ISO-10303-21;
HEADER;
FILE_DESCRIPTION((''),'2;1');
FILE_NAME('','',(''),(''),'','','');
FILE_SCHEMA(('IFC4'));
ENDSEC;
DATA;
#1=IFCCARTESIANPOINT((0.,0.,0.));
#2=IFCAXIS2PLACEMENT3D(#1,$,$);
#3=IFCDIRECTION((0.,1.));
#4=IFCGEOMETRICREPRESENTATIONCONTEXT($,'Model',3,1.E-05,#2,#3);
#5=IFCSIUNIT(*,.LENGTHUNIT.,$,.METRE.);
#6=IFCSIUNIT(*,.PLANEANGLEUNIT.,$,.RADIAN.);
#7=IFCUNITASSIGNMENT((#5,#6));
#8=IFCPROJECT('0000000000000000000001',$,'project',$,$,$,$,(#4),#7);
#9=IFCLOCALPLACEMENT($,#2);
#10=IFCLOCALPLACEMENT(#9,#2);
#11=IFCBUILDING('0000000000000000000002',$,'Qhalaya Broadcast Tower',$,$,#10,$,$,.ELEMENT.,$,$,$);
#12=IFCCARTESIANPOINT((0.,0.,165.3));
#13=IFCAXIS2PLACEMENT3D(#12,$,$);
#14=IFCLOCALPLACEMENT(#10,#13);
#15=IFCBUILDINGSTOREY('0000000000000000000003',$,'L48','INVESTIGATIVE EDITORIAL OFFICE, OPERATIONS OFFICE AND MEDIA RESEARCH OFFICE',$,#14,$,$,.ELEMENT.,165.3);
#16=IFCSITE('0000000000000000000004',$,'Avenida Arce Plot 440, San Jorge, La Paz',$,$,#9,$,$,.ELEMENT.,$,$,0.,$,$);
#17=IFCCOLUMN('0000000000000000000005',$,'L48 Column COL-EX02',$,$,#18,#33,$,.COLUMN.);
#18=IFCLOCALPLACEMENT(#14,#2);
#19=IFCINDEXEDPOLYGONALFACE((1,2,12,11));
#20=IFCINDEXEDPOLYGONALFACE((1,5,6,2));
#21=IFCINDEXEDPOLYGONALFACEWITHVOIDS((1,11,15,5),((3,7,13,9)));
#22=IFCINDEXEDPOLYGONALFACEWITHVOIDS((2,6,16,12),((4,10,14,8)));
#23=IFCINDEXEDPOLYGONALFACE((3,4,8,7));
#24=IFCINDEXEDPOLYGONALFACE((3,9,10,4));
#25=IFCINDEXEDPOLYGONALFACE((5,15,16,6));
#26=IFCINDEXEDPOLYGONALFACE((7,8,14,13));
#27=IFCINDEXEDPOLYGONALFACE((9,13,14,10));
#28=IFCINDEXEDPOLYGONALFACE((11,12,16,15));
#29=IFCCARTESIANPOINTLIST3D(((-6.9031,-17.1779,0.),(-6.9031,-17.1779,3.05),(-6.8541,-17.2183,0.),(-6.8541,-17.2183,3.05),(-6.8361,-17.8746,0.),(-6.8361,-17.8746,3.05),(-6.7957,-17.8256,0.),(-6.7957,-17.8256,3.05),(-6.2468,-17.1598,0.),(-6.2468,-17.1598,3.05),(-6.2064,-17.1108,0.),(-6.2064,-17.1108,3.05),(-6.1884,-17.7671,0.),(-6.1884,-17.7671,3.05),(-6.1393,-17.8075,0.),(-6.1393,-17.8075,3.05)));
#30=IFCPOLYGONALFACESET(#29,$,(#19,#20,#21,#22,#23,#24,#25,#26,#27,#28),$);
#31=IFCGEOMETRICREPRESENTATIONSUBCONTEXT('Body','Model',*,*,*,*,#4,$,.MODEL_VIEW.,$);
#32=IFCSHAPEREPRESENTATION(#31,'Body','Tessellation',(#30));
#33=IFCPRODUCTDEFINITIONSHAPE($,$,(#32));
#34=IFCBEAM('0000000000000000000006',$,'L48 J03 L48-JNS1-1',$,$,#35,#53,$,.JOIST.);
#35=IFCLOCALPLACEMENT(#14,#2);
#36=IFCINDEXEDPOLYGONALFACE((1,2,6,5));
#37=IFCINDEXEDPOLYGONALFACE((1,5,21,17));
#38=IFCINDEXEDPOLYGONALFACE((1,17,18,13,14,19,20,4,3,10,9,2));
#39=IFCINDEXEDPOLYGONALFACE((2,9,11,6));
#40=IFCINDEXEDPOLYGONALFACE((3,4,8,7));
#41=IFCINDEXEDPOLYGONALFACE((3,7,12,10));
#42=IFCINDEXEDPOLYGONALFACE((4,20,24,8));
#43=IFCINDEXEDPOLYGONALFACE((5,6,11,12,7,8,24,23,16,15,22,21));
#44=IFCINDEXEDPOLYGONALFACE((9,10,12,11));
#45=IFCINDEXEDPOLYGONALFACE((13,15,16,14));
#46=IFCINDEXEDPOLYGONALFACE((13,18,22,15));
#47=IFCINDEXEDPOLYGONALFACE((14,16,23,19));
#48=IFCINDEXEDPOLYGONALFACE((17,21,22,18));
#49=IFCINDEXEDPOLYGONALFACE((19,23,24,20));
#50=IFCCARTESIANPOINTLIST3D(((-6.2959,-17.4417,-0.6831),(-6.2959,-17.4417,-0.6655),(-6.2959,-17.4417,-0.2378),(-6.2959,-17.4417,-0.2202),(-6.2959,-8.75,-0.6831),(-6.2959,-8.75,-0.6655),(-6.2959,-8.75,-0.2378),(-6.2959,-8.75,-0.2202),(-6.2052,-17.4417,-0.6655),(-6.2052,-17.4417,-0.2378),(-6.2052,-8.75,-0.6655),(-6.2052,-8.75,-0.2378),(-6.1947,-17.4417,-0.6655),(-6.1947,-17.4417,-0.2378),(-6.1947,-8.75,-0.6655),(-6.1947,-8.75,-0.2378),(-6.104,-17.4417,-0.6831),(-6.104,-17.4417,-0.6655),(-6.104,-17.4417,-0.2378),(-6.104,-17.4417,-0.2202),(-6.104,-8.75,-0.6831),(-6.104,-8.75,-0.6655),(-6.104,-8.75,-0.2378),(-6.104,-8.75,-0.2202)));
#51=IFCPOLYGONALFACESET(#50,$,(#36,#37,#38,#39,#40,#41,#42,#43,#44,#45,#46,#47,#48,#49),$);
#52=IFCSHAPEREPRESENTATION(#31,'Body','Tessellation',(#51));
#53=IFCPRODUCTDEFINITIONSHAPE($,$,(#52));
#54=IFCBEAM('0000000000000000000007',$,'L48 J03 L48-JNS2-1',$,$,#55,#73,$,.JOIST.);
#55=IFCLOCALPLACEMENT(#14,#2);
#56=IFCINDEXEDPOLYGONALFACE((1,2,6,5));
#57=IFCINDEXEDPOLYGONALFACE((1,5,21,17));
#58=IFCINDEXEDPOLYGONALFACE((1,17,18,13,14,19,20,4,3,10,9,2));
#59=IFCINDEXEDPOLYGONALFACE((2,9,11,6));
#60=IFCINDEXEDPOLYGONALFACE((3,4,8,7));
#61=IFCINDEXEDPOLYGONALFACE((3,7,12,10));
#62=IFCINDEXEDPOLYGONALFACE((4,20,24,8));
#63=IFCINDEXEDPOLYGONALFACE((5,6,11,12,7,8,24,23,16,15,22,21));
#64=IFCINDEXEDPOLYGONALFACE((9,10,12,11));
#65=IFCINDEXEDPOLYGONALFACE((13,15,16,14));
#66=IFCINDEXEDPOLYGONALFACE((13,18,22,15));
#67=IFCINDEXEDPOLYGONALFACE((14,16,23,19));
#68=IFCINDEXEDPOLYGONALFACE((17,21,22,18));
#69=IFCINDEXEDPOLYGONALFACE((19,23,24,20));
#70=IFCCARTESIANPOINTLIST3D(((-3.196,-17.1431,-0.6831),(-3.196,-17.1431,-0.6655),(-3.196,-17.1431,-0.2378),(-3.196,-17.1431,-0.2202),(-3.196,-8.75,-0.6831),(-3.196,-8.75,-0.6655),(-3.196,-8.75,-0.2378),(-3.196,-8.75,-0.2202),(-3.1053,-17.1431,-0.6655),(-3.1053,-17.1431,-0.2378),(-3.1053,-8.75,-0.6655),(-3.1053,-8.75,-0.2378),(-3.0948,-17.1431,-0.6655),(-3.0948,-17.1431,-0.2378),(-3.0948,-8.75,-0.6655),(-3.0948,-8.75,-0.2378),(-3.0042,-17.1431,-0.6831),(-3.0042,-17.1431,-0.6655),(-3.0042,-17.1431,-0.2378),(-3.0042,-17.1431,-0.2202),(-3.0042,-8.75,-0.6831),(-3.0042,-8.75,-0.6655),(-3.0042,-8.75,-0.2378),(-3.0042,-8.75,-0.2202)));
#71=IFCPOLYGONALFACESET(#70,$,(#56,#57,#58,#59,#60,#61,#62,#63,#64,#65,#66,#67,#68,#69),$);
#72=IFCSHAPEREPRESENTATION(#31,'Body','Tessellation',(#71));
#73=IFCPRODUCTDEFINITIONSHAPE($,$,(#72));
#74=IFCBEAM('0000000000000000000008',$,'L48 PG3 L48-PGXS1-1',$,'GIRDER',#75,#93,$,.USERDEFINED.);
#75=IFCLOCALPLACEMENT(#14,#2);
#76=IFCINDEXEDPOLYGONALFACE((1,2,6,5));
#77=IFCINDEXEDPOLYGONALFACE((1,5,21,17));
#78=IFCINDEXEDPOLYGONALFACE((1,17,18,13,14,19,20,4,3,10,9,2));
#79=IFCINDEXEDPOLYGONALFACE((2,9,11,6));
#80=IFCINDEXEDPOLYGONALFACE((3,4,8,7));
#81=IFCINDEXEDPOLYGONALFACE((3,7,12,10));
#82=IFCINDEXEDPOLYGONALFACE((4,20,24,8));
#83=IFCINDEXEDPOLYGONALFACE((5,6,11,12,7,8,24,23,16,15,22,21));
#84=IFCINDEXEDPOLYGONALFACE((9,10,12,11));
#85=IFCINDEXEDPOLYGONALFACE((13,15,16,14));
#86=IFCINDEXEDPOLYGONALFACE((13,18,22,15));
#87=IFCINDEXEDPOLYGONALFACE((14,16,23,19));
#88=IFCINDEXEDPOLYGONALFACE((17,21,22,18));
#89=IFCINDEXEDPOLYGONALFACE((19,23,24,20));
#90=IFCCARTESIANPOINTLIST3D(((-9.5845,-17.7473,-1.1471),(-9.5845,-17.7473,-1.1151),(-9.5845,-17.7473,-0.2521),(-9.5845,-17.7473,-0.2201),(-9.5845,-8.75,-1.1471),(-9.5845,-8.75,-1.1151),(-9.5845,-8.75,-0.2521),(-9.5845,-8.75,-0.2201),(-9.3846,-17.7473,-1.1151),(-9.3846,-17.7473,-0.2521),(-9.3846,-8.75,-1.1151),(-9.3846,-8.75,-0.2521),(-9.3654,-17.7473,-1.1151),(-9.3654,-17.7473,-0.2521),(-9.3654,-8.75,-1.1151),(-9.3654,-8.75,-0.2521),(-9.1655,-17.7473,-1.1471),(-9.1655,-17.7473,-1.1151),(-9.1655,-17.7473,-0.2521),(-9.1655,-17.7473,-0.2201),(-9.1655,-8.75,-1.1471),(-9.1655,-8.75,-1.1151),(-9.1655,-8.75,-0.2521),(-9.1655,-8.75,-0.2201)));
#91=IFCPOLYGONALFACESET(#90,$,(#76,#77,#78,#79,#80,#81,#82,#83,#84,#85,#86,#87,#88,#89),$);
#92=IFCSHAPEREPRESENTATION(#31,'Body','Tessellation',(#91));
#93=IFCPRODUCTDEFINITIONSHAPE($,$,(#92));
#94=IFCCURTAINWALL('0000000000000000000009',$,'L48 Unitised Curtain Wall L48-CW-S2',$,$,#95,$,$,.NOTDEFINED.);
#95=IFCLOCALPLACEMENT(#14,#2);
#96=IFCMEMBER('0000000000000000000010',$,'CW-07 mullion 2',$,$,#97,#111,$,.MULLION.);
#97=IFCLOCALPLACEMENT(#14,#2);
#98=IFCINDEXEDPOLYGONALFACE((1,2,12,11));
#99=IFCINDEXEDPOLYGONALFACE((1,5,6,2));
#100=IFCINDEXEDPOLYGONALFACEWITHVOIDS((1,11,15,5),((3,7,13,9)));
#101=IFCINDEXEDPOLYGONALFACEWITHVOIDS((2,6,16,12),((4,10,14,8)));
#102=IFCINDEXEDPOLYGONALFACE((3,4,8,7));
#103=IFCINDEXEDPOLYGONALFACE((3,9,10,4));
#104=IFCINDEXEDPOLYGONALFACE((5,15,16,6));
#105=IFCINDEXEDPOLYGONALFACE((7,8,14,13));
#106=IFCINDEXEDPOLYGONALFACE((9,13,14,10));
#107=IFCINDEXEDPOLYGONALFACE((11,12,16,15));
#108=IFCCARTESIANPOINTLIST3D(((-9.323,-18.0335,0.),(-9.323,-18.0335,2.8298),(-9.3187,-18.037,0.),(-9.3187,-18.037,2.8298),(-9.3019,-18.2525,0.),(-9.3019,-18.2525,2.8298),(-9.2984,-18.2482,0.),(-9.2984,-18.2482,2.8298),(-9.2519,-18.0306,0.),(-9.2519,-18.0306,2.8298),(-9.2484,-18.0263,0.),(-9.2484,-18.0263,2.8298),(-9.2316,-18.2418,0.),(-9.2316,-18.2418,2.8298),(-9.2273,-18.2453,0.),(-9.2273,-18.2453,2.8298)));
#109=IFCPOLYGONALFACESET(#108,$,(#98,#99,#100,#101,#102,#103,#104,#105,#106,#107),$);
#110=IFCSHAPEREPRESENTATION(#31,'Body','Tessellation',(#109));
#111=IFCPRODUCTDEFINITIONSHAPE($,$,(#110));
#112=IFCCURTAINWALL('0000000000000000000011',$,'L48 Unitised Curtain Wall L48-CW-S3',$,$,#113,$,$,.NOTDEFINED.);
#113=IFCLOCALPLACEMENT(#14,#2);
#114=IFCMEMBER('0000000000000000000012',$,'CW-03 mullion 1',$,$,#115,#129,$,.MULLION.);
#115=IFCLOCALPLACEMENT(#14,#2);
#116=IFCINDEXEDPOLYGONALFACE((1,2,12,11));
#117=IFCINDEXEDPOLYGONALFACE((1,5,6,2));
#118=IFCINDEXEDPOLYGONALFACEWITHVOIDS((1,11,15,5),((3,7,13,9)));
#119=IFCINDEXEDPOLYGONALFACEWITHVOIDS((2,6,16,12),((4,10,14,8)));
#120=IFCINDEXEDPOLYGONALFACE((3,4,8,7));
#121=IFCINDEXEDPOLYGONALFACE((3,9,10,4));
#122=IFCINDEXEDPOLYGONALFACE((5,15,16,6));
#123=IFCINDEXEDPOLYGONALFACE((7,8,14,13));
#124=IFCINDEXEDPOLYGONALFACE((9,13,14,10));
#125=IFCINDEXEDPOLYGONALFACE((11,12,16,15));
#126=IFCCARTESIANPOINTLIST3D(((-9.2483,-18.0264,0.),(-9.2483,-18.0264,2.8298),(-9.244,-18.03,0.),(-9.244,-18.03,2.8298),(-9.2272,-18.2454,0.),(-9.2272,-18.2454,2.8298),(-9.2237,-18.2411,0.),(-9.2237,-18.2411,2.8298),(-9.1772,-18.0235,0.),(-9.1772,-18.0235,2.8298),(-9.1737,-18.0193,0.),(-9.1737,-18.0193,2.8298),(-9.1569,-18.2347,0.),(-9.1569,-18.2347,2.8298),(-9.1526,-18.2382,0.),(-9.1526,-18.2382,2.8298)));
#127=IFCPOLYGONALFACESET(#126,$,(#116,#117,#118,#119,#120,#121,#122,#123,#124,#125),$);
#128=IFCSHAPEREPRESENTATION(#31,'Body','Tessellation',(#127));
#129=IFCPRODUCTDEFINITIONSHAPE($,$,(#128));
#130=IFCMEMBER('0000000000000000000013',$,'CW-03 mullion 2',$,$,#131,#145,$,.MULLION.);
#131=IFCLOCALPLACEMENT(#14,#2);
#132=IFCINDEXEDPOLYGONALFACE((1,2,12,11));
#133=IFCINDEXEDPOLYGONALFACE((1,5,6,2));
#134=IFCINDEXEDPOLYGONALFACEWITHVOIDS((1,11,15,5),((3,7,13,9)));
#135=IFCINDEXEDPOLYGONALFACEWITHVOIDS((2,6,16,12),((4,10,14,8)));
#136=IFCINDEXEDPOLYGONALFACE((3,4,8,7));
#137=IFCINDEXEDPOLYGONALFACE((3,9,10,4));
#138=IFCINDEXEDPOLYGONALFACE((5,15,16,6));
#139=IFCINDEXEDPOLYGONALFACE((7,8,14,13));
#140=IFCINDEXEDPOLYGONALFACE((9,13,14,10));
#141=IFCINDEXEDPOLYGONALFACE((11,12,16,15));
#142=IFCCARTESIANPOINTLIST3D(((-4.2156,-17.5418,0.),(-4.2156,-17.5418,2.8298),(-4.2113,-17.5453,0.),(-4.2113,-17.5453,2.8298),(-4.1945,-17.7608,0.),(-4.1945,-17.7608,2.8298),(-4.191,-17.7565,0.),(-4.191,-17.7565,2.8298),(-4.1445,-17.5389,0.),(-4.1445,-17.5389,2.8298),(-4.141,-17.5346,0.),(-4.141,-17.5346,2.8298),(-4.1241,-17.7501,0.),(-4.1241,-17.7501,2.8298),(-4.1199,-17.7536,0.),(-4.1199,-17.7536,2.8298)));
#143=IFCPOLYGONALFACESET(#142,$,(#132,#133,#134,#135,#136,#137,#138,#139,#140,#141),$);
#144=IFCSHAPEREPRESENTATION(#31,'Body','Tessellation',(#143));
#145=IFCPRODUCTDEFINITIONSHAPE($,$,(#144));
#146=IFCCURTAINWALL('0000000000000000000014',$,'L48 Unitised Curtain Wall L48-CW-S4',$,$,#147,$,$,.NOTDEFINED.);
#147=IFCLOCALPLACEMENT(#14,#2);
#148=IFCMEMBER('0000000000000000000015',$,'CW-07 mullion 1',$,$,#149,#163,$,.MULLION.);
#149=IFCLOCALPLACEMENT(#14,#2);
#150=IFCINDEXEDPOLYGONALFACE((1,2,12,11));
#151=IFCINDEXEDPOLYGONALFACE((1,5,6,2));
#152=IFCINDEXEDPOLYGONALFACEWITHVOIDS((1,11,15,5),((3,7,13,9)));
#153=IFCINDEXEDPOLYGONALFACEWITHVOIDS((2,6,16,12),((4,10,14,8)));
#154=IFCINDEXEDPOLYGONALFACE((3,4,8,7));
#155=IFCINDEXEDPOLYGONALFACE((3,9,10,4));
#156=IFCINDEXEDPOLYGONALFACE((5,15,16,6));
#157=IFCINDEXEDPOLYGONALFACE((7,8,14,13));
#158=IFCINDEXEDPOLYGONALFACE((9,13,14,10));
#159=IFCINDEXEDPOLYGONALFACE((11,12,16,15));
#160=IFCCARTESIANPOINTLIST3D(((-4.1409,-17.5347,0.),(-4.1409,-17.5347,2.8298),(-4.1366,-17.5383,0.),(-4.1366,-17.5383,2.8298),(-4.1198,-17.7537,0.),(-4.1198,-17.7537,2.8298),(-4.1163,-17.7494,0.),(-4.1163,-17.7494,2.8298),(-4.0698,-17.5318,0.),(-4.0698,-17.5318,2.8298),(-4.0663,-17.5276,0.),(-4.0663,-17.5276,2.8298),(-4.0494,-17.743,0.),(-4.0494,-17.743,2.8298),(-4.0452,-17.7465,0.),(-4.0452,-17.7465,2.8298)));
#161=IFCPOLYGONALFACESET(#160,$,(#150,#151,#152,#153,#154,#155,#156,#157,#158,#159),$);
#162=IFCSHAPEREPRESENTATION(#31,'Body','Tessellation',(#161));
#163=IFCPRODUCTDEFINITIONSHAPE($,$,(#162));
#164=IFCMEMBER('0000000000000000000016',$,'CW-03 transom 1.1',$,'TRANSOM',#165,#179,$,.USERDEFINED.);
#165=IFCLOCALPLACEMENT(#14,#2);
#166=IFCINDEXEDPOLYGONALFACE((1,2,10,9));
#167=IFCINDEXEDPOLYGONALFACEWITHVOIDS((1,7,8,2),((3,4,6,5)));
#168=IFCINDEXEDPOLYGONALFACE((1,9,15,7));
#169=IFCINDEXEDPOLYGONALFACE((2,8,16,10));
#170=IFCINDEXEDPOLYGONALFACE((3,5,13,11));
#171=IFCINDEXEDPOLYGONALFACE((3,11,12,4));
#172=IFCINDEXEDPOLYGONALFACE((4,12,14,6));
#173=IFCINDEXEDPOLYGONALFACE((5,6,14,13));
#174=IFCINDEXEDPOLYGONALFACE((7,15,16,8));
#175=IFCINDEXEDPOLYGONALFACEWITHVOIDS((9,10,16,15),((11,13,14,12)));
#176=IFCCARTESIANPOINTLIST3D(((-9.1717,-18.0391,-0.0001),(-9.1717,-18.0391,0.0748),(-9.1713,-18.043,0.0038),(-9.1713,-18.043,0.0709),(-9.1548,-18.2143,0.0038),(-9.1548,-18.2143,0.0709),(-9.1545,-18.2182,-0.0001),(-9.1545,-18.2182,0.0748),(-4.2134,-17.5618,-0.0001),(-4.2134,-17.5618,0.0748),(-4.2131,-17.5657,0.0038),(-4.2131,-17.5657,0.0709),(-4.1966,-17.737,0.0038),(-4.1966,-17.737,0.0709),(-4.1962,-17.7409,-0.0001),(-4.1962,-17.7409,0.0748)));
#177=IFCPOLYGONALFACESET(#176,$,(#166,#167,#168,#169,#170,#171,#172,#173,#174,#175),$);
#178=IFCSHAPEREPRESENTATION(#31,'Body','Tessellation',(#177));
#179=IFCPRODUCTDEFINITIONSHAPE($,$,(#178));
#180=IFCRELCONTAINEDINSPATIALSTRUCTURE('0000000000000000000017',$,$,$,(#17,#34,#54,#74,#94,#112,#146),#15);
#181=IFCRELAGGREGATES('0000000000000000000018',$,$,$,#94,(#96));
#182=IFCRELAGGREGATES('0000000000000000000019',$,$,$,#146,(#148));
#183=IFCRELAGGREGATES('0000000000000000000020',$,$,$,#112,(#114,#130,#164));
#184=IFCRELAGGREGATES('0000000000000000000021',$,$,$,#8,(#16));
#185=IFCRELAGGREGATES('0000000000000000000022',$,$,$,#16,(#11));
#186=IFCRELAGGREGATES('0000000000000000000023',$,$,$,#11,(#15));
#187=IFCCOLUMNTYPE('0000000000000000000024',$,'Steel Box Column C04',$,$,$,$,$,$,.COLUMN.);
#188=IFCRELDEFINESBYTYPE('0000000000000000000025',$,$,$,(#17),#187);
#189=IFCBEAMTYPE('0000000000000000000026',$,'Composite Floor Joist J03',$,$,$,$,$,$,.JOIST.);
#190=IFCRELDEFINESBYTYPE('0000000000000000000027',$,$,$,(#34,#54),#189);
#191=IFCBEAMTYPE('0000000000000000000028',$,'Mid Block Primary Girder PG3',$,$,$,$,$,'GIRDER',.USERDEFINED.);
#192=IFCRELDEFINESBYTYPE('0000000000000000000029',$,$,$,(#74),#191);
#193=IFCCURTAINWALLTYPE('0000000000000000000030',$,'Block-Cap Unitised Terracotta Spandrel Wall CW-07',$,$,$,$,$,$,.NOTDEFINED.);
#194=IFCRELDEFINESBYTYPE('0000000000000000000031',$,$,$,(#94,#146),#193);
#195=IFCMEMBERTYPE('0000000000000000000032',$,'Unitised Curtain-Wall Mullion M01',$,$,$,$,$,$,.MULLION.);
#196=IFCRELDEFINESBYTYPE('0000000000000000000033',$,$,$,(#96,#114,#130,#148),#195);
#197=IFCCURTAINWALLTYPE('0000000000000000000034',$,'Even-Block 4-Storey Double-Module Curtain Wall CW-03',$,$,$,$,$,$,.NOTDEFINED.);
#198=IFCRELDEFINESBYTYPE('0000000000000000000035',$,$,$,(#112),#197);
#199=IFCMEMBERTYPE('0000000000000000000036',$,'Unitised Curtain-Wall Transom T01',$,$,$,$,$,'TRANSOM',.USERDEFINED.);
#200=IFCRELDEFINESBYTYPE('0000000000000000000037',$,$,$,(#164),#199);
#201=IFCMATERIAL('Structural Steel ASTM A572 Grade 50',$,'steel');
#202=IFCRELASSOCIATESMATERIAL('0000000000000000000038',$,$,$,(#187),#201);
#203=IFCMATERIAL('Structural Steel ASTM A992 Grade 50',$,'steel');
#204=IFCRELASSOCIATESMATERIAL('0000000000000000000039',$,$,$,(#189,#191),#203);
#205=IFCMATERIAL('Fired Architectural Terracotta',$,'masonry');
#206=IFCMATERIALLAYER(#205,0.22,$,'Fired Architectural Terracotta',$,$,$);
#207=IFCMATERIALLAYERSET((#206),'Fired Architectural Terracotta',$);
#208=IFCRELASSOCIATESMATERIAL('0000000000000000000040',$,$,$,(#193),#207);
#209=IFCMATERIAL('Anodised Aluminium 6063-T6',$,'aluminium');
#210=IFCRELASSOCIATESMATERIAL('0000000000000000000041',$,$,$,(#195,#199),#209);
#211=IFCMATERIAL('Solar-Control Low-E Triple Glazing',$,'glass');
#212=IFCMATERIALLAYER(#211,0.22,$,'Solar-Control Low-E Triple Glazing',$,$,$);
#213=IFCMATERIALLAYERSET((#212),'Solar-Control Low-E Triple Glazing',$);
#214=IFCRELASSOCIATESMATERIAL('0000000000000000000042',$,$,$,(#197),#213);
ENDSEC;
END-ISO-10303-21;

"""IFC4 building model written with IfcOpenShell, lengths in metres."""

from ifc_helpers import new_model, si_unit, direction, frame, origin, origin_2d, place, context, subcontext, project, spatial, hollow_rectangle, i_section, extrude, material, layer, layer_set, material_profile, profile_set, type_object, element, aggregate, save


model = new_model("IFC4")

# Units and contexts
model_context = context("Model", 3, precision=1e-05, world=origin(), true_north=direction((0.0, 1.0)))
body_context = subcontext(model_context, "Body", "Model", "MODEL_VIEW")
ifc_project = project(units=[si_unit("LENGTHUNIT", "METRE"), si_unit("PLANEANGLEUNIT", "RADIAN")], contexts=[model_context])

# Site, building, storey
site_placement = place(None, origin())
site = spatial("IfcSite", under=ifc_project, at=site_placement, Name="Avenida Arce Plot 440, San Jorge, La Paz", CompositionType="ELEMENT", RefElevation=0.0)
building_placement = place(site_placement, origin())
building = spatial("IfcBuilding", under=site, at=building_placement, Name="Qhalaya Broadcast Tower", CompositionType="ELEMENT")
storey_placement = place(building_placement, frame((0.0, 0.0, 165.3)))
storey = spatial("IfcBuildingStorey", under=building, at=storey_placement, Name="L48", Description="INVESTIGATIVE EDITORIAL OFFICE, OPERATIONS OFFICE AND MEDIA RESEARCH OFFICE", CompositionType="ELEMENT", Elevation=165.3)

# Column
ifc_material_1 = material(Name="Structural Steel ASTM A572 Grade 50", Category="steel")
ifc_material_profile_1 = material_profile(ifc_material_1, hollow_rectangle(XDim=0.7, YDim=0.7, WallThickness=0.0449, at=origin_2d()), Name="BOX 700x700x45")
ifc_profile_set_1 = profile_set([ifc_material_profile_1], Name="Structural Steel ASTM A572 Grade 50")
column_type = type_object("IfcColumnType", Name="Steel Box Column C04", PredefinedType="COLUMN", material=ifc_profile_set_1)
column_placement = place(storey_placement, frame((-6.5212, -17.4927, 0.0), z_axis=(0.0, 0.0, 1.0), x_axis=(0.995396, 0.095846, 0.0)))
element("IfcColumn", 1, at=column_placement, inside=storey, type_object=column_type, Name="L48 Column COL-EX02", PredefinedType="COLUMN", context=body_context, shape_type="SweptSolid", body=[
    extrude(hollow_rectangle(XDim=0.7, YDim=0.7, WallThickness=0.0449, at=origin_2d()), origin(), (0.0, 0.0, 1.0), 3.05),
])

# Beams
ifc_material_2 = material(Name="Structural Steel ASTM A992 Grade 50", Category="steel")
ifc_material_profile_2 = material_profile(ifc_material_2, i_section(OverallWidth=0.1919, OverallDepth=0.4629, WebThickness=0.0105, FlangeThickness=0.0176, at=origin_2d()), Name="W18X60")
ifc_profile_set_2 = profile_set([ifc_material_profile_2], Name="Structural Steel ASTM A992 Grade 50")
beam_type_1 = type_object("IfcBeamType", Name="Composite Floor Joist J03", PredefinedType="JOIST", material=ifc_profile_set_2)
beam_1_placement = place(storey_placement, frame((-6.2, -17.4417, -0.4517), z_axis=(0.0, 1.0, 0.0), x_axis=(-1.0, 0.0, 0.0)))
element("IfcBeam", 2, at=beam_1_placement, inside=storey, type_object=beam_type_1, Name="L48 J03 L48-JNS1-1", PredefinedType="JOIST", context=body_context, shape_type="SweptSolid", body=[
    extrude(i_section(OverallWidth=0.1919, OverallDepth=0.4629, WebThickness=0.0105, FlangeThickness=0.0176, at=origin_2d()), origin(), (0.0, 0.0, 1.0), 8.6917),
])
beam_2_placement = place(storey_placement, frame((-3.1001, -17.1431, -0.4517), z_axis=(0.0, 1.0, 0.0), x_axis=(-1.0, 0.0, 0.0)))
element("IfcBeam", 3, at=beam_2_placement, inside=storey, type_object=beam_type_1, Name="L48 J03 L48-JNS2-1", PredefinedType="JOIST", context=body_context, shape_type="SweptSolid", body=[
    extrude(i_section(OverallWidth=0.1919, OverallDepth=0.4629, WebThickness=0.0105, FlangeThickness=0.0176, at=origin_2d()), origin(), (0.0, 0.0, 1.0), 8.3931),
])
ifc_material_profile_3 = material_profile(ifc_material_2, i_section(OverallWidth=0.4189, OverallDepth=0.927, WebThickness=0.0193, FlangeThickness=0.032, at=origin_2d()), Name="W36X231")
ifc_profile_set_3 = profile_set([ifc_material_profile_3], Name="Structural Steel ASTM A992 Grade 50")
beam_type_2 = type_object("IfcBeamType", Name="Mid Block Primary Girder PG3", ElementType="GIRDER", PredefinedType="USERDEFINED", material=ifc_profile_set_3)
beam_3_placement = place(storey_placement, frame((-9.375, -17.7473, -0.6836), z_axis=(0.0, 1.0, 0.0), x_axis=(-1.0, 0.0, 0.0)))
element("IfcBeam", 4, at=beam_3_placement, inside=storey, type_object=beam_type_2, Name="L48 PG3 L48-PGXS1-1", ObjectType="GIRDER", PredefinedType="USERDEFINED", context=body_context, shape_type="SweptSolid", body=[
    extrude(i_section(OverallWidth=0.4189, OverallDepth=0.927, WebThickness=0.0193, FlangeThickness=0.032, at=origin_2d()), origin(), (0.0, 0.0, 1.0), 8.9973),
])

# Curtain wall, member
ifc_material_3 = material(Name="Fired Architectural Terracotta", Category="masonry")
ifc_layer_1 = layer(ifc_material_3, 0.22, Name="Fired Architectural Terracotta")
ifc_layer_set_1 = layer_set([ifc_layer_1], Name="Fired Architectural Terracotta")
curtain_wall_type_1 = type_object("IfcCurtainWallType", Name="Block-Cap Unitised Terracotta Spandrel Wall CW-07", PredefinedType="NOTDEFINED", material=ifc_layer_set_1)
curtain_wall_1_placement = place(storey_placement, origin())
curtain_wall_1 = element("IfcCurtainWall", 5, at=curtain_wall_1_placement, inside=storey, type_object=curtain_wall_type_1, Name="L48 Unitised Curtain Wall L48-CW-S2", PredefinedType="NOTDEFINED")
ifc_material_4 = material(Name="Anodised Aluminium 6063-T6", Category="aluminium")
ifc_material_profile_4 = material_profile(ifc_material_4, hollow_rectangle(XDim=0.075, YDim=0.22, WallThickness=0.0039, at=origin_2d()), Name="ALU-MUL 75x220x4")
ifc_profile_set_4 = profile_set([ifc_material_profile_4], Name="Anodised Aluminium 6063-T6")
member_type_1 = type_object("IfcMemberType", Name="Unitised Curtain-Wall Mullion M01", PredefinedType="MULLION", material=ifc_profile_set_4)
member_1_placement = place(storey_placement, frame((-9.2751, -18.1394, 0.0), z_axis=(0.0, 0.0, 1.0), x_axis=(0.995395, 0.095855, 0.0)))
member_1 = element("IfcMember", 6, at=member_1_placement, type_object=member_type_1, Name="CW-07 mullion 2", PredefinedType="MULLION", context=body_context, shape_type="SweptSolid", body=[
    extrude(hollow_rectangle(XDim=0.075, YDim=0.22, WallThickness=0.0039, at=origin_2d()), origin(), (0.0, 0.0, 1.0), 2.8298),
])
aggregate(curtain_wall_1, [member_1])

# Curtain wall, members
ifc_material_5 = material(Name="Solar-Control Low-E Triple Glazing", Category="glass")
ifc_layer_2 = layer(ifc_material_5, 0.22, Name="Solar-Control Low-E Triple Glazing")
ifc_layer_set_2 = layer_set([ifc_layer_2], Name="Solar-Control Low-E Triple Glazing")
curtain_wall_type_2 = type_object("IfcCurtainWallType", Name="Even-Block 4-Storey Double-Module Curtain Wall CW-03", PredefinedType="NOTDEFINED", material=ifc_layer_set_2)
curtain_wall_2_placement = place(storey_placement, origin())
curtain_wall_2 = element("IfcCurtainWall", 7, at=curtain_wall_2_placement, inside=storey, type_object=curtain_wall_type_2, Name="L48 Unitised Curtain Wall L48-CW-S3", PredefinedType="NOTDEFINED")
member_2_placement = place(storey_placement, frame((-9.2004, -18.1323, 0.0), z_axis=(0.0, 0.0, 1.0), x_axis=(0.995396, 0.095848, 0.0)))
member_2 = element("IfcMember", 8, at=member_2_placement, type_object=member_type_1, Name="CW-03 mullion 1", PredefinedType="MULLION", context=body_context, shape_type="SweptSolid", body=[
    extrude(hollow_rectangle(XDim=0.075, YDim=0.22, WallThickness=0.0039, at=origin_2d()), origin(), (0.0, 0.0, 1.0), 2.8298),
])
member_3_placement = place(storey_placement, frame((-4.1677, -17.6477, 0.0), z_axis=(0.0, 0.0, 1.0), x_axis=(0.995396, 0.095848, 0.0)))
member_3 = element("IfcMember", 9, at=member_3_placement, type_object=member_type_1, Name="CW-03 mullion 2", PredefinedType="MULLION", context=body_context, shape_type="SweptSolid", body=[
    extrude(hollow_rectangle(XDim=0.075, YDim=0.22, WallThickness=0.0039, at=origin_2d()), origin(), (0.0, 0.0, 1.0), 2.8298),
])

# Curtain wall, member
curtain_wall_3_placement = place(storey_placement, origin())
curtain_wall_3 = element("IfcCurtainWall", 10, at=curtain_wall_3_placement, inside=storey, type_object=curtain_wall_type_1, Name="L48 Unitised Curtain Wall L48-CW-S4", PredefinedType="NOTDEFINED")
member_4_placement = place(storey_placement, frame((-4.093, -17.6406, 0.0), z_axis=(0.0, 0.0, 1.0), x_axis=(0.995397, 0.095837, 0.0)))
member_4 = element("IfcMember", 11, at=member_4_placement, type_object=member_type_1, Name="CW-07 mullion 1", PredefinedType="MULLION", context=body_context, shape_type="SweptSolid", body=[
    extrude(hollow_rectangle(XDim=0.075, YDim=0.22, WallThickness=0.0039, at=origin_2d()), origin(), (0.0, 0.0, 1.0), 2.8298),
])

# Member
ifc_material_profile_5 = material_profile(ifc_material_4, hollow_rectangle(XDim=0.075, YDim=0.1799, WallThickness=0.0039, at=origin_2d()), Name="ALU-TRN 75x180x4")
ifc_profile_set_5 = profile_set([ifc_material_profile_5], Name="Anodised Aluminium 6063-T6")
member_type_2 = type_object("IfcMemberType", Name="Unitised Curtain-Wall Transom T01", ElementType="TRANSOM", PredefinedType="USERDEFINED", material=ifc_profile_set_5)
member_5_placement = place(storey_placement, frame((-9.1631, -18.1287, 0.0374), z_axis=(0.995399, 0.09582, 0.0), x_axis=(0.0, 0.0, 1.0)))
member_5 = element("IfcMember", 12, at=member_5_placement, type_object=member_type_2, Name="CW-03 transom 1.1", ObjectType="TRANSOM", PredefinedType="USERDEFINED", context=body_context, shape_type="SweptSolid", body=[
    extrude(hollow_rectangle(XDim=0.075, YDim=0.1799, WallThickness=0.0039, at=origin_2d()), origin(), (0.0, 0.0, 1.0), 4.9812),
])

aggregate(curtain_wall_3, [member_4])
aggregate(curtain_wall_2, [member_2, member_3, member_5])

save(model, "model.ifc")
